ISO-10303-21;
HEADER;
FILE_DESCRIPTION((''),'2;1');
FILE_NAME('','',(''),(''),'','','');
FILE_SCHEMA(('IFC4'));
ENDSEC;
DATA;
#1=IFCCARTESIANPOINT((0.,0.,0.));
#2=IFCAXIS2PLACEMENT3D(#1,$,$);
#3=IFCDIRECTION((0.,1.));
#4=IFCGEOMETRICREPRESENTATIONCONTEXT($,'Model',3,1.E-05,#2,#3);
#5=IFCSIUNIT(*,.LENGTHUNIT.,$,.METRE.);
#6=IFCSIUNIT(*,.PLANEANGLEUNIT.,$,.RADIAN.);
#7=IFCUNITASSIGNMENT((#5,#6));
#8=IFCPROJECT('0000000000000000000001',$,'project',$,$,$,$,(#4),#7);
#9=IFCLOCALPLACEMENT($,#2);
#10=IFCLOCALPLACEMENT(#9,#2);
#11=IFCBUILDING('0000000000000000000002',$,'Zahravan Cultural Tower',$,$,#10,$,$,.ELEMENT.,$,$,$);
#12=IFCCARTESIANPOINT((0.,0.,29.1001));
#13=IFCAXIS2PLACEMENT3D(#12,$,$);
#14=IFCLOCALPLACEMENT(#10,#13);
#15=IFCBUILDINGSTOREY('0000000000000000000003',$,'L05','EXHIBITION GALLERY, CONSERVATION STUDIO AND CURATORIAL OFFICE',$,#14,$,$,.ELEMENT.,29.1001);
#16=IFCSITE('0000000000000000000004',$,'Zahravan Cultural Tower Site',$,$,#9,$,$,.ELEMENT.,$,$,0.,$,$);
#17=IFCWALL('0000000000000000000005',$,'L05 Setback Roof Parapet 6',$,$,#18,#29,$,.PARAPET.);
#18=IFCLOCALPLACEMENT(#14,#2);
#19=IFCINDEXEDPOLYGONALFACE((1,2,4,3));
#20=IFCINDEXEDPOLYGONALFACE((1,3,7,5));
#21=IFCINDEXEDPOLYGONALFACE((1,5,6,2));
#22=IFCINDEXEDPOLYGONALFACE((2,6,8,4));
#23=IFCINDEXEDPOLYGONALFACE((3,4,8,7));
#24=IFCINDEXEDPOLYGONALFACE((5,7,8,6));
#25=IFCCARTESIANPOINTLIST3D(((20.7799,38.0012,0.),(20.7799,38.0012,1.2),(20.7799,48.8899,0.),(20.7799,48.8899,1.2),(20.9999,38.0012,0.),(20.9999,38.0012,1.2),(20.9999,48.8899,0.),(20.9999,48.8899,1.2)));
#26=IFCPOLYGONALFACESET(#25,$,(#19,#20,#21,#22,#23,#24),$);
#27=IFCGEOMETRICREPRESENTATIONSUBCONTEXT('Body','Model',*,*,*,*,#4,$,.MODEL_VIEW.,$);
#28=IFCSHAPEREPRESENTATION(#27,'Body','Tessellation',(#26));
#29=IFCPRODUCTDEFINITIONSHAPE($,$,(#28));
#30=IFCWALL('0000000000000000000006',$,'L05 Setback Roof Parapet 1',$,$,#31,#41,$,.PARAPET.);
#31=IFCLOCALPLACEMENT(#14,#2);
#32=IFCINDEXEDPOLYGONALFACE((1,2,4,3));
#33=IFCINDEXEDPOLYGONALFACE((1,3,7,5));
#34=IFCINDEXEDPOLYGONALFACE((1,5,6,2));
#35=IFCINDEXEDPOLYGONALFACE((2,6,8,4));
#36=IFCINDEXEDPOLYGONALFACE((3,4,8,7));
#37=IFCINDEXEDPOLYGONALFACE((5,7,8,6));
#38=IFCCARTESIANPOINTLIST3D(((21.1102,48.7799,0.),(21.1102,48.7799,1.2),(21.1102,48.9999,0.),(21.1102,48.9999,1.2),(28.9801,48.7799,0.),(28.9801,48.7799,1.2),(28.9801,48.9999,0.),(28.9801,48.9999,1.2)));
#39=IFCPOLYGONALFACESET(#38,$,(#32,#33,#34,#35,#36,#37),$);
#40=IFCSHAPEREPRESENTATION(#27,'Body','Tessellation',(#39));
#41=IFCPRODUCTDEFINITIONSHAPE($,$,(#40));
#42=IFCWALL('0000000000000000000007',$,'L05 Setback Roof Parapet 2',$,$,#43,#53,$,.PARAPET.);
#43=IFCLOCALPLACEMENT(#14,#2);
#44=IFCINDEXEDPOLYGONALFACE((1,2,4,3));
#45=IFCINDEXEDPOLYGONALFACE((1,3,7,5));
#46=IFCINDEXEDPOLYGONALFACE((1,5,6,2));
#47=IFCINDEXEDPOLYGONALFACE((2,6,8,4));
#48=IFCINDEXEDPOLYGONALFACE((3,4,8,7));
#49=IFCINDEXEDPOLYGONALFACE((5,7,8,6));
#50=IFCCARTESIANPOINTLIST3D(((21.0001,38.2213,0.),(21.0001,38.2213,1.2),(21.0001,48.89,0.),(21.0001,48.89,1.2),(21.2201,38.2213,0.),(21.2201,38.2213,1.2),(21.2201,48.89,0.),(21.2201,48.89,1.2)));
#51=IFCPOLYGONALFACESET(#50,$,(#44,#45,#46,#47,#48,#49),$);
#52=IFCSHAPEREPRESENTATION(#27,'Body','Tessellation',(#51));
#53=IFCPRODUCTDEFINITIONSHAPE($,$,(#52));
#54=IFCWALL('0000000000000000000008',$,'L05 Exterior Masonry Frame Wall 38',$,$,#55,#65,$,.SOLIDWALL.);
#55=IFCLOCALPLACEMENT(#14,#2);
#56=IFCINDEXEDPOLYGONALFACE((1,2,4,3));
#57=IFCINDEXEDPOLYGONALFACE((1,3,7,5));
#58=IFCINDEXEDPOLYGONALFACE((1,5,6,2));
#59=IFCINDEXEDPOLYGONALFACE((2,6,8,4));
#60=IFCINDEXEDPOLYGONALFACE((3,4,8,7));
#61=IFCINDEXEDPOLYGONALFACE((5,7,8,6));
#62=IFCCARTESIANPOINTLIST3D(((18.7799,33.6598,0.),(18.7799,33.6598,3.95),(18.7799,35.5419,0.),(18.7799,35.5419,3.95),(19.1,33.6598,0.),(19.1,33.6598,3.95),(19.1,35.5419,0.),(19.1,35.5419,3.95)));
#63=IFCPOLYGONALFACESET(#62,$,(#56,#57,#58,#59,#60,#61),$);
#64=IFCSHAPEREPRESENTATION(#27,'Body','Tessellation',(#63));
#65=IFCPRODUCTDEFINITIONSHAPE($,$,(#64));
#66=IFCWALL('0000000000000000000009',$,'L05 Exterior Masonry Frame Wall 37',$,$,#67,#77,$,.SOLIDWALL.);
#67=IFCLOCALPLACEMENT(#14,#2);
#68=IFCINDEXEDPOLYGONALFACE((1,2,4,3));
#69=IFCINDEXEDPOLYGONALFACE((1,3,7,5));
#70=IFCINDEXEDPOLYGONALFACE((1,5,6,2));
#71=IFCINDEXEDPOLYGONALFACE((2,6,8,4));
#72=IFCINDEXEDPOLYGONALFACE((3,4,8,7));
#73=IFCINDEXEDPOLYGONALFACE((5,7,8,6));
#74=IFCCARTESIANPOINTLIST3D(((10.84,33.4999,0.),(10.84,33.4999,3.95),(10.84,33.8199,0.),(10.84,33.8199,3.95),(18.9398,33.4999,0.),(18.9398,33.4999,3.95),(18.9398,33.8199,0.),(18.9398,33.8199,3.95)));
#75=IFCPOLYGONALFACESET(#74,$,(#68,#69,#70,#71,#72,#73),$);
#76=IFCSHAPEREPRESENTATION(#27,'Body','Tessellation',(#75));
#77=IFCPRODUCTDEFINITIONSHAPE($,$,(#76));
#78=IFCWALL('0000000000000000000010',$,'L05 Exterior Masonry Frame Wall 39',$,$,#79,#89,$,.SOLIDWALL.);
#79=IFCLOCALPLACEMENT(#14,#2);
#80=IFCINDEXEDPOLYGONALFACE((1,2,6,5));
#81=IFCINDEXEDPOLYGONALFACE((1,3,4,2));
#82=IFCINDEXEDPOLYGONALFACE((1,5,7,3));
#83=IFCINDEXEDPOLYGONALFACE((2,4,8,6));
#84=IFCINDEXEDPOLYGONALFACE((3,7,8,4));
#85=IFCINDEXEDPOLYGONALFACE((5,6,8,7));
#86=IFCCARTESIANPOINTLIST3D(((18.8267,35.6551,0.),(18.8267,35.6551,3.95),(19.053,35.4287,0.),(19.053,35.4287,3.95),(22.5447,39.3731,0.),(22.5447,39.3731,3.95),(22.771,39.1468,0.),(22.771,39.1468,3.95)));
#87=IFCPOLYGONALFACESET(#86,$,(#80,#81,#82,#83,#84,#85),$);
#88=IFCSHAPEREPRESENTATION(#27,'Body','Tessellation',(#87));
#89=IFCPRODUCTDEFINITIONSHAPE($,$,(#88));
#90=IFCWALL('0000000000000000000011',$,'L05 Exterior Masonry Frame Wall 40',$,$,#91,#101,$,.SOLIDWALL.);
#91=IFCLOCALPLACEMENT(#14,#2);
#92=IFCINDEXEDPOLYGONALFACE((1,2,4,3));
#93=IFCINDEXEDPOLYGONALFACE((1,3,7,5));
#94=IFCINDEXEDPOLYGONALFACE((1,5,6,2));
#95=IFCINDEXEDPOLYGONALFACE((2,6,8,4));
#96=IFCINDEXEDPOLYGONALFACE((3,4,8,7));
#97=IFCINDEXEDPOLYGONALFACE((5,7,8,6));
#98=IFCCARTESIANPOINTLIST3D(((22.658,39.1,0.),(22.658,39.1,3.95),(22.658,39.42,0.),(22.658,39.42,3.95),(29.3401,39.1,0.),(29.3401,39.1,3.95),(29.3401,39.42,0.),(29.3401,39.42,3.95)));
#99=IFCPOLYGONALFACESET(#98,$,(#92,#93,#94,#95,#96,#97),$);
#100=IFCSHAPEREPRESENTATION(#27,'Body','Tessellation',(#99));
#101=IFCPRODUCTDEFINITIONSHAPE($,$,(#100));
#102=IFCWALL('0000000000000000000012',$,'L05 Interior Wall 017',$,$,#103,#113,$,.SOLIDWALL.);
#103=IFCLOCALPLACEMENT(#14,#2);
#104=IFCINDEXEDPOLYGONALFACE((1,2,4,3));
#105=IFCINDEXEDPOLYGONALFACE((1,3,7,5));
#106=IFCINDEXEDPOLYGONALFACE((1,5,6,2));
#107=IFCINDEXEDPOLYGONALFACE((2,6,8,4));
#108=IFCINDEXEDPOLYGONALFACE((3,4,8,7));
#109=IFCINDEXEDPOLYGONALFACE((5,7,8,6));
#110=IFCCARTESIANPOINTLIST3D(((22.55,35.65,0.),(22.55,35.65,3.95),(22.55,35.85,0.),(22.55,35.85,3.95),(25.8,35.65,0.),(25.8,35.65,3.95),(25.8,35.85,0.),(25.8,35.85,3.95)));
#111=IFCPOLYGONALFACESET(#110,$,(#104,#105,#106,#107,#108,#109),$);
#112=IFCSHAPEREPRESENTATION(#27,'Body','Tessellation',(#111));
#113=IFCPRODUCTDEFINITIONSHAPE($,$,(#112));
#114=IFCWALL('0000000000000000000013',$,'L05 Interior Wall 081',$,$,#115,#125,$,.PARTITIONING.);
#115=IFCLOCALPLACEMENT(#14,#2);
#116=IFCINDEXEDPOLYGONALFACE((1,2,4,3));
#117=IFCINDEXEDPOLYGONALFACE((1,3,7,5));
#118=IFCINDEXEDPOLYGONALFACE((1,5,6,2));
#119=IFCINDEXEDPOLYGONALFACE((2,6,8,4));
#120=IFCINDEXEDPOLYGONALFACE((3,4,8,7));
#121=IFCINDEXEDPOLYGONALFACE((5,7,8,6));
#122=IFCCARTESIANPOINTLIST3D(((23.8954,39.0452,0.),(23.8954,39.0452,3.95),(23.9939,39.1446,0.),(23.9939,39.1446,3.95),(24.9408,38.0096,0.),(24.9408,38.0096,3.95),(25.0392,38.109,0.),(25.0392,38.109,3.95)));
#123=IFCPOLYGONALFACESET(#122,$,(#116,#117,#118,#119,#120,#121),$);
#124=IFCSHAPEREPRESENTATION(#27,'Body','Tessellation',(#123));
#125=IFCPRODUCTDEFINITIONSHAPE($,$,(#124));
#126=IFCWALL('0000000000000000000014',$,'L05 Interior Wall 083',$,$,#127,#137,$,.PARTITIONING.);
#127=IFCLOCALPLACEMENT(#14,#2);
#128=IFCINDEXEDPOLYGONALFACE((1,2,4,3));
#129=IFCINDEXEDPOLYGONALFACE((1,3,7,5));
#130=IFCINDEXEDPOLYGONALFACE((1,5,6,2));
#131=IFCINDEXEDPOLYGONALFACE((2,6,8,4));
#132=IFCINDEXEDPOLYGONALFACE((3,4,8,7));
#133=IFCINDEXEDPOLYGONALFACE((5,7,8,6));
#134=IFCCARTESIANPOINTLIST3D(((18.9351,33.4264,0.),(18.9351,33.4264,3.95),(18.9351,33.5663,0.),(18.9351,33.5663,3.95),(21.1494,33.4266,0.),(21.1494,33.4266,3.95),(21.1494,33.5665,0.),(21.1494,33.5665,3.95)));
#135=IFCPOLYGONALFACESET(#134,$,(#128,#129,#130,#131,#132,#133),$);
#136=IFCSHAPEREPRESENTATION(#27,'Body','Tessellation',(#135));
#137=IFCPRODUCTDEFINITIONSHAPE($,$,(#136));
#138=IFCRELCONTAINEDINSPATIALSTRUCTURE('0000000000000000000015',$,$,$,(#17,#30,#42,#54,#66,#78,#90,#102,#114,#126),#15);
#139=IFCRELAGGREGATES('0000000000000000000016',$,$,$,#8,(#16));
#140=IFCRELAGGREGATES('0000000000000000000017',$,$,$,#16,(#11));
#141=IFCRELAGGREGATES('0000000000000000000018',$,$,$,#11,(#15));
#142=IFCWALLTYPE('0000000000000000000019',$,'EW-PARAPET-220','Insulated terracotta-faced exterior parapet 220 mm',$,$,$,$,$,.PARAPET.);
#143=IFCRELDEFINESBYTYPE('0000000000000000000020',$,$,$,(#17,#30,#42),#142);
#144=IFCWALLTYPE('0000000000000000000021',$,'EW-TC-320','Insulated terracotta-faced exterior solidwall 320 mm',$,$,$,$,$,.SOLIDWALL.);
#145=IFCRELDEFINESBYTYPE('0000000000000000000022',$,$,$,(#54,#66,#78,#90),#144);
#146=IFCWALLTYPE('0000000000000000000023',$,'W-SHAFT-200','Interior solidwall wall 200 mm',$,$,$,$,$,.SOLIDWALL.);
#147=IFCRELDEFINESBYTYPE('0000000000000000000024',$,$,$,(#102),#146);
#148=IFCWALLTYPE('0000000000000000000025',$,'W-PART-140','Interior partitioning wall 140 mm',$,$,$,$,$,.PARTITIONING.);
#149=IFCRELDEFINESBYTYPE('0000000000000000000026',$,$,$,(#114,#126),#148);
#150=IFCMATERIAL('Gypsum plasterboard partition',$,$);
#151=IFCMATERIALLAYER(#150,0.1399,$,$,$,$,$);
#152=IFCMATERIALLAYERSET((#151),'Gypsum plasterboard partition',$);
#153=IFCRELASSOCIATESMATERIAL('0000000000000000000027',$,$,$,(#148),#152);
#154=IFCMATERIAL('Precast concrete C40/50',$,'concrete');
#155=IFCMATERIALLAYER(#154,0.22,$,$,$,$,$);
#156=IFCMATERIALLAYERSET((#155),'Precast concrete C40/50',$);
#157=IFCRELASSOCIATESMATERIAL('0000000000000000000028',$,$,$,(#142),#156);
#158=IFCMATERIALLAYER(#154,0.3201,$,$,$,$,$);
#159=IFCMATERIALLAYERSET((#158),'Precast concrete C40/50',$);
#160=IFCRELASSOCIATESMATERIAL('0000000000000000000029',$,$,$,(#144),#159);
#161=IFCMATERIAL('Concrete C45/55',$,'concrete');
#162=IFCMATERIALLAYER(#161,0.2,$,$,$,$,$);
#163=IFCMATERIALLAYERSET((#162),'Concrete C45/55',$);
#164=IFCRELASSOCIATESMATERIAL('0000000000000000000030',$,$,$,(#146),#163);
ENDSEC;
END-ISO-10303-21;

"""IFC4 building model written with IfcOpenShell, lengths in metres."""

from ifc_helpers import new_model, si_unit, direction, frame, frame_2d, origin, place, context, subcontext, project, spatial, rectangle, extrude, source, transform, mapped, material, layer, layer_set, type_object, element, save


model = new_model("IFC4")

# Units and contexts
model_context = context("Model", 3, precision=1e-05, world=origin(), true_north=direction((0.0, 1.0)))
body_context = subcontext(model_context, "Body", "Model", "MODEL_VIEW")
ifc_project = project(units=[si_unit("LENGTHUNIT", "METRE"), si_unit("PLANEANGLEUNIT", "RADIAN")], contexts=[model_context])

# Site, building, storey
site_placement = place(None, origin())
site = spatial("IfcSite", under=ifc_project, at=site_placement, Name="Zahravan Cultural Tower Site", CompositionType="ELEMENT", RefElevation=0.0)
building_placement = place(site_placement, origin())
building = spatial("IfcBuilding", under=site, at=building_placement, Name="Zahravan Cultural Tower", CompositionType="ELEMENT")
storey_placement = place(building_placement, frame((0.0, 0.0, 29.1001)))
storey = spatial("IfcBuildingStorey", under=building, at=storey_placement, Name="L05", Description="EXHIBITION GALLERY, CONSERVATION STUDIO AND CURATORIAL OFFICE", CompositionType="ELEMENT", Elevation=29.1001)

# Shared definitions
ifc_material_1 = material(Name="Gypsum plasterboard partition")
ifc_layer_1 = layer(ifc_material_1, 0.1399)
ifc_layer_set_1 = layer_set([ifc_layer_1], Name="Gypsum plasterboard partition")
wall_type_1 = type_object("IfcWallType", Name="W-PART-140", Description="Interior partitioning wall 140 mm", PredefinedType="PARTITIONING", material=ifc_layer_set_1)

# Walls
ifc_material_2 = material(Name="Precast concrete C40/50", Category="concrete")
ifc_layer_2 = layer(ifc_material_2, 0.22)
ifc_layer_set_2 = layer_set([ifc_layer_2], Name="Precast concrete C40/50")
wall_type_2 = type_object("IfcWallType", Name="EW-PARAPET-220", Description="Insulated terracotta-faced exterior parapet 220 mm", PredefinedType="PARAPET", material=ifc_layer_set_2)
shared_shape_1 = source(origin(), body_context, "Body", "SweptSolid", [
    extrude(rectangle(XDim=10.8887, YDim=0.22, at=frame_2d((5.4443, 0.0))), origin(), (0.0, 0.0, 1.0), 1.2),
])
wall_1_placement = place(storey_placement, frame((20.8899, 48.8899, 0.0), z_axis=(0.0, 0.0, 1.0), x_axis=(0.0, -1.0, 0.0)))
element("IfcWall", 1, at=wall_1_placement, inside=storey, type_object=wall_type_2, Name="L05 Setback Roof Parapet 6", PredefinedType="PARAPET", context=body_context, shape_type="MappedRepresentation", body=[
    mapped(shared_shape_1, transform((0.0, 0.0, 0.0), x_axis=(1.0, 0.0, 0.0), y_axis=(0.0, 1.0, 0.0), z_axis=(0.0, 0.0, 1.0), scale=1.0)),
])
shared_shape_2 = source(origin(), body_context, "Body", "SweptSolid", [
    extrude(rectangle(XDim=7.8699, YDim=0.22, at=frame_2d((3.9351, 0.0))), origin(), (0.0, 0.0, 1.0), 1.2),
])
wall_2_placement = place(storey_placement, frame((21.1101, 48.8899, 0.0), z_axis=(0.0, 0.0, 1.0), x_axis=(1.0, 0.0, 0.0)))
element("IfcWall", 2, at=wall_2_placement, inside=storey, type_object=wall_type_2, Name="L05 Setback Roof Parapet 1", PredefinedType="PARAPET", context=body_context, shape_type="MappedRepresentation", body=[
    mapped(shared_shape_2, transform((0.0, 0.0, 0.0), x_axis=(1.0, 0.0, 0.0), y_axis=(0.0, 1.0, 0.0), z_axis=(0.0, 0.0, 1.0), scale=1.0)),
])
shared_shape_3 = source(origin(), body_context, "Body", "SweptSolid", [
    extrude(rectangle(XDim=10.6687, YDim=0.22, at=frame_2d((5.3345, 0.0))), origin(), (0.0, 0.0, 1.0), 1.2),
])
wall_3_placement = place(storey_placement, frame((21.1101, 38.2212, 0.0), z_axis=(0.0, 0.0, 1.0), x_axis=(0.0, 1.0, 0.0)))
element("IfcWall", 3, at=wall_3_placement, inside=storey, type_object=wall_type_2, Name="L05 Setback Roof Parapet 2", PredefinedType="PARAPET", context=body_context, shape_type="MappedRepresentation", body=[
    mapped(shared_shape_3, transform((0.0, 0.0, 0.0), x_axis=(1.0, 0.0, 0.0), y_axis=(0.0, 1.0, 0.0), z_axis=(0.0, 0.0, 1.0), scale=1.0)),
])
ifc_layer_3 = layer(ifc_material_2, 0.3201)
ifc_layer_set_3 = layer_set([ifc_layer_3], Name="Precast concrete C40/50")
wall_type_3 = type_object("IfcWallType", Name="EW-TC-320", Description="Insulated terracotta-faced exterior solidwall 320 mm", PredefinedType="SOLIDWALL", material=ifc_layer_set_3)
shared_shape_4 = source(origin(), body_context, "Body", "SweptSolid", [
    extrude(rectangle(XDim=1.8821, YDim=0.3201, at=frame_2d((0.9409, 0.0))), origin(), (0.0, 0.0, 1.0), 3.95),
])
wall_4_placement = place(storey_placement, frame((18.9399, 33.6599, 0.0), z_axis=(0.0, 0.0, 1.0), x_axis=(0.0, 1.0, 0.0)))
element("IfcWall", 4, at=wall_4_placement, inside=storey, type_object=wall_type_3, Name="L05 Exterior Masonry Frame Wall 38", PredefinedType="SOLIDWALL", context=body_context, shape_type="MappedRepresentation", body=[
    mapped(shared_shape_4, transform((0.0, 0.0, 0.0), x_axis=(1.0, 0.0, 0.0), y_axis=(0.0, 1.0, 0.0), z_axis=(0.0, 0.0, 1.0), scale=1.0)),
])
shared_shape_5 = source(origin(), body_context, "Body", "SweptSolid", [
    extrude(rectangle(XDim=8.0999, YDim=0.3201, at=frame_2d((4.0498, 0.0))), origin(), (0.0, 0.0, 1.0), 3.95),
])
wall_5_placement = place(storey_placement, frame((10.8401, 33.6599, 0.0), z_axis=(0.0, 0.0, 1.0), x_axis=(1.0, 0.0, 0.0)))
element("IfcWall", 5, at=wall_5_placement, inside=storey, type_object=wall_type_3, Name="L05 Exterior Masonry Frame Wall 37", PredefinedType="SOLIDWALL", context=body_context, shape_type="MappedRepresentation", body=[
    mapped(shared_shape_5, transform((0.0, 0.0, 0.0), x_axis=(1.0, 0.0, 0.0), y_axis=(0.0, 1.0, 0.0), z_axis=(0.0, 0.0, 1.0), scale=1.0)),
])
shared_shape_6 = source(origin(), body_context, "Body", "SweptSolid", [
    extrude(rectangle(XDim=5.2581, YDim=0.3201, at=frame_2d((2.6289, 0.0))), origin(), (0.0, 0.0, 1.0), 3.95),
])
wall_6_placement = place(storey_placement, frame((18.9399, 35.542, 0.0), z_axis=(0.0, 0.0, 1.0), x_axis=(0.707107, 0.707107, 0.0)))
element("IfcWall", 6, at=wall_6_placement, inside=storey, type_object=wall_type_3, Name="L05 Exterior Masonry Frame Wall 39", PredefinedType="SOLIDWALL", context=body_context, shape_type="MappedRepresentation", body=[
    mapped(shared_shape_6, transform((0.0, 0.0, 0.0), x_axis=(1.0, 0.0, 0.0), y_axis=(0.0, 1.0, 0.0), z_axis=(0.0, 0.0, 1.0), scale=1.0)),
])
shared_shape_7 = source(origin(), body_context, "Body", "SweptSolid", [
    extrude(rectangle(XDim=6.6821, YDim=0.3201, at=frame_2d((3.3411, 0.0))), origin(), (0.0, 0.0, 1.0), 3.95),
])
wall_7_placement = place(storey_placement, frame((22.658, 39.26, 0.0), z_axis=(0.0, 0.0, 1.0), x_axis=(1.0, 0.0, 0.0)))
element("IfcWall", 7, at=wall_7_placement, inside=storey, type_object=wall_type_3, Name="L05 Exterior Masonry Frame Wall 40", PredefinedType="SOLIDWALL", context=body_context, shape_type="MappedRepresentation", body=[
    mapped(shared_shape_7, transform((0.0, 0.0, 0.0), x_axis=(1.0, 0.0, 0.0), y_axis=(0.0, 1.0, 0.0), z_axis=(0.0, 0.0, 1.0), scale=1.0)),
])
ifc_material_3 = material(Name="Concrete C45/55", Category="concrete")
ifc_layer_4 = layer(ifc_material_3, 0.2)
ifc_layer_set_4 = layer_set([ifc_layer_4], Name="Concrete C45/55")
wall_type_4 = type_object("IfcWallType", Name="W-SHAFT-200", Description="Interior solidwall wall 200 mm", PredefinedType="SOLIDWALL", material=ifc_layer_set_4)
shared_shape_8 = source(origin(), body_context, "Body", "SweptSolid", [
    extrude(rectangle(XDim=3.25, YDim=0.2, at=frame_2d((1.625, 0.0))), origin(), (0.0, 0.0, 1.0), 3.95),
])
wall_8_placement = place(storey_placement, frame((22.55, 35.75, 0.0), z_axis=(0.0, 0.0, 1.0), x_axis=(1.0, 0.0, 0.0)))
element("IfcWall", 8, at=wall_8_placement, inside=storey, type_object=wall_type_4, Name="L05 Interior Wall 017", PredefinedType="SOLIDWALL", context=body_context, shape_type="MappedRepresentation", body=[
    mapped(shared_shape_8, transform((0.0, 0.0, 0.0), x_axis=(1.0, 0.0, 0.0), y_axis=(0.0, 1.0, 0.0), z_axis=(0.0, 0.0, 1.0), scale=1.0)),
])
shared_shape_9 = source(origin(), body_context, "Body", "SweptSolid", [
    extrude(rectangle(XDim=1.4714, YDim=0.1399, at=frame_2d((0.7358, 0.0))), origin(), (0.0, 0.0, 1.0), 3.95),
])
wall_9_placement = place(storey_placement, frame((23.9446, 39.095, 0.0), z_axis=(0.0, 0.0, 1.0), x_axis=(0.710417, -0.703781, 0.0)))
element("IfcWall", 9, at=wall_9_placement, inside=storey, type_object=wall_type_1, Name="L05 Interior Wall 081", PredefinedType="PARTITIONING", context=body_context, shape_type="MappedRepresentation", body=[
    mapped(shared_shape_9, transform((0.0, 0.0, 0.0), x_axis=(1.0, 0.0, 0.0), y_axis=(0.0, 1.0, 0.0), z_axis=(0.0, 0.0, 1.0), scale=1.0)),
])
shared_shape_10 = source(origin(), body_context, "Body", "SweptSolid", [
    extrude(rectangle(XDim=2.2144, YDim=0.1399, at=frame_2d((1.1072, 0.0))), origin(), (0.0, 0.0, 1.0), 3.95),
])
wall_10_placement = place(storey_placement, frame((21.1494, 33.4966, 0.0), z_axis=(0.0, 0.0, 1.0), x_axis=(-1.0, -0.00011, 0.0)))
element("IfcWall", 10, at=wall_10_placement, inside=storey, type_object=wall_type_1, Name="L05 Interior Wall 083", PredefinedType="PARTITIONING", context=body_context, shape_type="MappedRepresentation", body=[
    mapped(shared_shape_10, transform((0.0, 0.0, 0.0), x_axis=(1.0, 0.0, 0.0), y_axis=(0.0, 1.0, 0.0), z_axis=(0.0, 0.0, 1.0), scale=1.0)),
])

save(model, "model.ifc")
